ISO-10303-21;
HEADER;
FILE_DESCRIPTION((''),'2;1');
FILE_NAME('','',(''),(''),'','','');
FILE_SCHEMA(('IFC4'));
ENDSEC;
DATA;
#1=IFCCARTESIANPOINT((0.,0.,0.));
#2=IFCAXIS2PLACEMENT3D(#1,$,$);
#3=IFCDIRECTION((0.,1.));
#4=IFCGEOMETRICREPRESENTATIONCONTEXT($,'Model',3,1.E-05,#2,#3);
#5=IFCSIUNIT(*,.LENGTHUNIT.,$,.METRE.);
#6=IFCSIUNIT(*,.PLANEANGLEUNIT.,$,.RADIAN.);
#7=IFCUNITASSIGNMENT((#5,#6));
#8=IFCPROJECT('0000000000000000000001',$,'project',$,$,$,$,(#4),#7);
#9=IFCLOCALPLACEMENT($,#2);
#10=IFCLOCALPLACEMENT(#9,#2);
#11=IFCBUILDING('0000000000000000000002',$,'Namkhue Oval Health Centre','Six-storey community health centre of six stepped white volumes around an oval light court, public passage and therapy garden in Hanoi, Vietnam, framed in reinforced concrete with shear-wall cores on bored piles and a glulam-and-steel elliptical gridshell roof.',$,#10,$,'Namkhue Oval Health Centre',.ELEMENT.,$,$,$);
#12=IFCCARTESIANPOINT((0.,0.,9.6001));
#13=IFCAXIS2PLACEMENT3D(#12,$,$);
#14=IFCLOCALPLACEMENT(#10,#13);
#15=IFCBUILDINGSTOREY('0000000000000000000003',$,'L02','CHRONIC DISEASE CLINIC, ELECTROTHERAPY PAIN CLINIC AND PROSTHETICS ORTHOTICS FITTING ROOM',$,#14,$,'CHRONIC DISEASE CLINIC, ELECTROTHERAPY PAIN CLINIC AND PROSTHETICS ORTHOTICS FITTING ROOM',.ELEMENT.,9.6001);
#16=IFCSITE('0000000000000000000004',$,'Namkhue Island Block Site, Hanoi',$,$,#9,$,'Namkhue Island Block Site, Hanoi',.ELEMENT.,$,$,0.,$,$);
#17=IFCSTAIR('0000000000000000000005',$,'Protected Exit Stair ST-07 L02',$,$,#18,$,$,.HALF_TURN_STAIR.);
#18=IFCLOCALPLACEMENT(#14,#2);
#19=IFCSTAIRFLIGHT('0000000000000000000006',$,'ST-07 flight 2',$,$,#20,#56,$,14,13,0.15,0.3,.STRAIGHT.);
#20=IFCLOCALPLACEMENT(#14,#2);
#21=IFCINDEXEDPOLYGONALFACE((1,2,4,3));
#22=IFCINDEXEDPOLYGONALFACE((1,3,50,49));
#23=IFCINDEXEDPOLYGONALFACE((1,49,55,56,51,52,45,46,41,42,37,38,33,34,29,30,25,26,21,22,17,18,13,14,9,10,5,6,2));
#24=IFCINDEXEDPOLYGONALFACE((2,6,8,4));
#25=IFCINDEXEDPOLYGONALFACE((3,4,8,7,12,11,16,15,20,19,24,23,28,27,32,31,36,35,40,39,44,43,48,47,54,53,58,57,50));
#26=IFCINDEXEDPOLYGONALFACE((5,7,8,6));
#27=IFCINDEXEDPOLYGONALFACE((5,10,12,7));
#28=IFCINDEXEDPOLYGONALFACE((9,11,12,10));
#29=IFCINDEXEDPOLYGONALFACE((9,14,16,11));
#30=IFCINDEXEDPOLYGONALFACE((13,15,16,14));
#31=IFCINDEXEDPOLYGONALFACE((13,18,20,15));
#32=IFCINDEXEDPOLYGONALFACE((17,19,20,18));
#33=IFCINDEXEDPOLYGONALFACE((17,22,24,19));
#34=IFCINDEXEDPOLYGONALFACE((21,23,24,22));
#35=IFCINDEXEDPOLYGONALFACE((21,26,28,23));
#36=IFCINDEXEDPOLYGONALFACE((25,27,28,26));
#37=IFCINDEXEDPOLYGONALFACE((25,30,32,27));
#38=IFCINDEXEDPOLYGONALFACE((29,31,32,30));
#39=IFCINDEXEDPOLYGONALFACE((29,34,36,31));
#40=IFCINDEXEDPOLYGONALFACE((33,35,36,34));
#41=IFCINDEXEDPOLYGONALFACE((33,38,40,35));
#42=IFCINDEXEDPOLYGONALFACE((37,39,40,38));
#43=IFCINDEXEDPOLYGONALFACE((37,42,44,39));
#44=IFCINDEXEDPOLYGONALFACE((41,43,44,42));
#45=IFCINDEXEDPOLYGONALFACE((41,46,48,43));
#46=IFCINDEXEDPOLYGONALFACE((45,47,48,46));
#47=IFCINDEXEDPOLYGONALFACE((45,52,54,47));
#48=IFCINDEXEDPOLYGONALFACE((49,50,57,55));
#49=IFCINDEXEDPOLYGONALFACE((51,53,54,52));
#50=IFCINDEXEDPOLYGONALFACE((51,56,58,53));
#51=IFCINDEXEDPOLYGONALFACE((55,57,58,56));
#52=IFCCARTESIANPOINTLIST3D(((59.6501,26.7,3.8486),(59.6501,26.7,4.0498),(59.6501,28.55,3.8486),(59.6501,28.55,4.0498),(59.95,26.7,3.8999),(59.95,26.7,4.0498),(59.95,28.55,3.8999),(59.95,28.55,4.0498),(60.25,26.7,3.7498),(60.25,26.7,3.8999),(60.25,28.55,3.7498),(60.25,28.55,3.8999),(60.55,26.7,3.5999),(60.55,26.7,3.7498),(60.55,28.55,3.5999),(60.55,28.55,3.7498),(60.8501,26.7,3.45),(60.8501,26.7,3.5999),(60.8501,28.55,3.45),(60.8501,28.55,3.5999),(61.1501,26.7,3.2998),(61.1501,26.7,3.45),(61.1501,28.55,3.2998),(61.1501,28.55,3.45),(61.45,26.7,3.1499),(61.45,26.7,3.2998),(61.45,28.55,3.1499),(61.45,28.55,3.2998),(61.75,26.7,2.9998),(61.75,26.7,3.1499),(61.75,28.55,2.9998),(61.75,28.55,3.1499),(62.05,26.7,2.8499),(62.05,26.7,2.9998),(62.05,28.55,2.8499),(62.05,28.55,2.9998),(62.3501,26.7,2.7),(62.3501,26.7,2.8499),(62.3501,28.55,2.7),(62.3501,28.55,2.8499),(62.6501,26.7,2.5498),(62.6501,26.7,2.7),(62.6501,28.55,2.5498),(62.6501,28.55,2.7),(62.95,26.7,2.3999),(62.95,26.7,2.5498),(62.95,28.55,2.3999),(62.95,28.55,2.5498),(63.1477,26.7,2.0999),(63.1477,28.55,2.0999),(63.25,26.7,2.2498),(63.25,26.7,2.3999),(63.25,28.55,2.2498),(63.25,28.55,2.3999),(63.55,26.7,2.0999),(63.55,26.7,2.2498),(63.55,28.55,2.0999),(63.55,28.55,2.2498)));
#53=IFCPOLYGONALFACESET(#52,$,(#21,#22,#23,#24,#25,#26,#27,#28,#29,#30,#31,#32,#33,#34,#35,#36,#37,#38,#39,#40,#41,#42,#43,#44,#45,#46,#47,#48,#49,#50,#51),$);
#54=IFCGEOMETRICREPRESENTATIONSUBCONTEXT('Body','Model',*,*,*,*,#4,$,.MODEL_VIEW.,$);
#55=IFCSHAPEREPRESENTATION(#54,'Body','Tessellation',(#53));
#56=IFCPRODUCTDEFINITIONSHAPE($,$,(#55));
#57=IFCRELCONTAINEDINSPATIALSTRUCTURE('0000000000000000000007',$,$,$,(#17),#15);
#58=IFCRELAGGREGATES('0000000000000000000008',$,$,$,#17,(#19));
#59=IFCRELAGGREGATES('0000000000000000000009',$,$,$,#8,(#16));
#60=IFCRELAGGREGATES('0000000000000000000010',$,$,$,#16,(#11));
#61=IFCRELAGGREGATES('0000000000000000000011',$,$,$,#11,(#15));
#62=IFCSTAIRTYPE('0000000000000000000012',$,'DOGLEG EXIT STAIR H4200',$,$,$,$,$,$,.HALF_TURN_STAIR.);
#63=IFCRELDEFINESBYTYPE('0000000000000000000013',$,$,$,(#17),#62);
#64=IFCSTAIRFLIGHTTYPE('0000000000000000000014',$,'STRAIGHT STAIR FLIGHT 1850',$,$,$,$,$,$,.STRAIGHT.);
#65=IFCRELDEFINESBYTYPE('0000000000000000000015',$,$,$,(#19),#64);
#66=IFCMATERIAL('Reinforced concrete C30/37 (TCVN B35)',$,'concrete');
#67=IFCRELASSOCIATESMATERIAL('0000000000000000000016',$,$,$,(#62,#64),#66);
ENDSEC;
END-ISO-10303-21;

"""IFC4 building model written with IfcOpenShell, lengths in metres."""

from ifc_helpers import new_model, si_unit, direction, frame, origin, place, context, subcontext, project, spatial, polyline, outline, extrude, material, type_object, element, aggregate, save


model = new_model("IFC4")

# Units and contexts
model_context = context("Model", 3, precision=1e-05, world=origin(), true_north=direction((0.0, 1.0)))
body_context = subcontext(model_context, "Body", "Model", "MODEL_VIEW")
ifc_project = project(units=[si_unit("LENGTHUNIT", "METRE"), si_unit("PLANEANGLEUNIT", "RADIAN")], contexts=[model_context])

# Site, building, storey
site_placement = place(None, origin())
site = spatial("IfcSite", under=ifc_project, at=site_placement, Name="Namkhue Island Block Site, Hanoi", LongName="Namkhue Island Block Site, Hanoi", CompositionType="ELEMENT", RefElevation=0.0)
building_placement = place(site_placement, origin())
building = spatial("IfcBuilding", under=site, at=building_placement, Name="Namkhue Oval Health Centre", Description="Six-storey community health centre of six stepped white volumes around an oval light court, public passage and therapy garden in Hanoi, Vietnam, framed in reinforced concrete with shear-wall cores on bored piles and a glulam-and-steel elliptical gridshell roof.", LongName="Namkhue Oval Health Centre", CompositionType="ELEMENT")
storey_placement = place(building_placement, frame((0.0, 0.0, 9.6001)))
storey = spatial("IfcBuildingStorey", under=building, at=storey_placement, Name="L02", Description="CHRONIC DISEASE CLINIC, ELECTROTHERAPY PAIN CLINIC AND PROSTHETICS ORTHOTICS FITTING ROOM", LongName="CHRONIC DISEASE CLINIC, ELECTROTHERAPY PAIN CLINIC AND PROSTHETICS ORTHOTICS FITTING ROOM", CompositionType="ELEMENT", Elevation=9.6001)

# Shared definitions
ifc_material_1 = material(Name="Reinforced concrete C30/37 (TCVN B35)", Category="concrete")

# Stair, stair flight
stair_type = type_object("IfcStairType", Name="DOGLEG EXIT STAIR H4200", PredefinedType="HALF_TURN_STAIR", material=ifc_material_1)
stair_placement = place(storey_placement, origin())
stair = element("IfcStair", 1, at=stair_placement, inside=storey, type_object=stair_type, Name="Protected Exit Stair ST-07 L02", PredefinedType="HALF_TURN_STAIR")
stair_flight_type = type_object("IfcStairFlightType", Name="STRAIGHT STAIR FLIGHT 1850", PredefinedType="STRAIGHT", material=ifc_material_1)
stair_flight_placement = place(storey_placement, frame((63.55, 27.625, 2.0999), z_axis=(0.0, 0.0, 1.0), x_axis=(-1.0, 0.0, 0.0)))
stair_flight = element("IfcStairFlight", 2, at=stair_flight_placement, type_object=stair_flight_type, Name="ST-07 flight 2", NumberOfRisers=14, NumberOfTreads=13, PredefinedType="STRAIGHT", RiserHeight=0.15, TreadLength=0.3, context=body_context, shape_type="SweptSolid", body=[
    extrude(outline(polyline([(0.0, 0.0), (0.0, 0.1499), (0.3, 0.1499), (0.3, 0.3), (0.6001, 0.3), (0.6001, 0.45), (0.8999, 0.45), (0.8999, 0.6001), (1.2, 0.6001), (1.2, 0.75), (1.5, 0.75), (1.5, 0.8999), (1.8, 0.8999), (1.8, 1.05), (2.1001, 1.05), (2.1001, 1.2), (2.3999, 1.2), (2.3999, 1.3501), (2.7, 1.3501), (2.7, 1.5), (3.0, 1.5), (3.0, 1.6499), (3.3, 1.6499), (3.3, 1.8), (3.6001, 1.8), (3.6001, 1.95), (3.8999, 1.95), (3.8999, 2.1001), (3.8999, 1.7488), (0.4023, 0.0), (0.0, 0.0)])), frame((0.0, 0.925, 0.0), z_axis=(0.0, -1.0, 0.0), x_axis=(1.0, 0.0, 0.0)), (0.0, 0.0, 1.0), 1.8501),
])
aggregate(stair, [stair_flight])

save(model, "model.ifc")
